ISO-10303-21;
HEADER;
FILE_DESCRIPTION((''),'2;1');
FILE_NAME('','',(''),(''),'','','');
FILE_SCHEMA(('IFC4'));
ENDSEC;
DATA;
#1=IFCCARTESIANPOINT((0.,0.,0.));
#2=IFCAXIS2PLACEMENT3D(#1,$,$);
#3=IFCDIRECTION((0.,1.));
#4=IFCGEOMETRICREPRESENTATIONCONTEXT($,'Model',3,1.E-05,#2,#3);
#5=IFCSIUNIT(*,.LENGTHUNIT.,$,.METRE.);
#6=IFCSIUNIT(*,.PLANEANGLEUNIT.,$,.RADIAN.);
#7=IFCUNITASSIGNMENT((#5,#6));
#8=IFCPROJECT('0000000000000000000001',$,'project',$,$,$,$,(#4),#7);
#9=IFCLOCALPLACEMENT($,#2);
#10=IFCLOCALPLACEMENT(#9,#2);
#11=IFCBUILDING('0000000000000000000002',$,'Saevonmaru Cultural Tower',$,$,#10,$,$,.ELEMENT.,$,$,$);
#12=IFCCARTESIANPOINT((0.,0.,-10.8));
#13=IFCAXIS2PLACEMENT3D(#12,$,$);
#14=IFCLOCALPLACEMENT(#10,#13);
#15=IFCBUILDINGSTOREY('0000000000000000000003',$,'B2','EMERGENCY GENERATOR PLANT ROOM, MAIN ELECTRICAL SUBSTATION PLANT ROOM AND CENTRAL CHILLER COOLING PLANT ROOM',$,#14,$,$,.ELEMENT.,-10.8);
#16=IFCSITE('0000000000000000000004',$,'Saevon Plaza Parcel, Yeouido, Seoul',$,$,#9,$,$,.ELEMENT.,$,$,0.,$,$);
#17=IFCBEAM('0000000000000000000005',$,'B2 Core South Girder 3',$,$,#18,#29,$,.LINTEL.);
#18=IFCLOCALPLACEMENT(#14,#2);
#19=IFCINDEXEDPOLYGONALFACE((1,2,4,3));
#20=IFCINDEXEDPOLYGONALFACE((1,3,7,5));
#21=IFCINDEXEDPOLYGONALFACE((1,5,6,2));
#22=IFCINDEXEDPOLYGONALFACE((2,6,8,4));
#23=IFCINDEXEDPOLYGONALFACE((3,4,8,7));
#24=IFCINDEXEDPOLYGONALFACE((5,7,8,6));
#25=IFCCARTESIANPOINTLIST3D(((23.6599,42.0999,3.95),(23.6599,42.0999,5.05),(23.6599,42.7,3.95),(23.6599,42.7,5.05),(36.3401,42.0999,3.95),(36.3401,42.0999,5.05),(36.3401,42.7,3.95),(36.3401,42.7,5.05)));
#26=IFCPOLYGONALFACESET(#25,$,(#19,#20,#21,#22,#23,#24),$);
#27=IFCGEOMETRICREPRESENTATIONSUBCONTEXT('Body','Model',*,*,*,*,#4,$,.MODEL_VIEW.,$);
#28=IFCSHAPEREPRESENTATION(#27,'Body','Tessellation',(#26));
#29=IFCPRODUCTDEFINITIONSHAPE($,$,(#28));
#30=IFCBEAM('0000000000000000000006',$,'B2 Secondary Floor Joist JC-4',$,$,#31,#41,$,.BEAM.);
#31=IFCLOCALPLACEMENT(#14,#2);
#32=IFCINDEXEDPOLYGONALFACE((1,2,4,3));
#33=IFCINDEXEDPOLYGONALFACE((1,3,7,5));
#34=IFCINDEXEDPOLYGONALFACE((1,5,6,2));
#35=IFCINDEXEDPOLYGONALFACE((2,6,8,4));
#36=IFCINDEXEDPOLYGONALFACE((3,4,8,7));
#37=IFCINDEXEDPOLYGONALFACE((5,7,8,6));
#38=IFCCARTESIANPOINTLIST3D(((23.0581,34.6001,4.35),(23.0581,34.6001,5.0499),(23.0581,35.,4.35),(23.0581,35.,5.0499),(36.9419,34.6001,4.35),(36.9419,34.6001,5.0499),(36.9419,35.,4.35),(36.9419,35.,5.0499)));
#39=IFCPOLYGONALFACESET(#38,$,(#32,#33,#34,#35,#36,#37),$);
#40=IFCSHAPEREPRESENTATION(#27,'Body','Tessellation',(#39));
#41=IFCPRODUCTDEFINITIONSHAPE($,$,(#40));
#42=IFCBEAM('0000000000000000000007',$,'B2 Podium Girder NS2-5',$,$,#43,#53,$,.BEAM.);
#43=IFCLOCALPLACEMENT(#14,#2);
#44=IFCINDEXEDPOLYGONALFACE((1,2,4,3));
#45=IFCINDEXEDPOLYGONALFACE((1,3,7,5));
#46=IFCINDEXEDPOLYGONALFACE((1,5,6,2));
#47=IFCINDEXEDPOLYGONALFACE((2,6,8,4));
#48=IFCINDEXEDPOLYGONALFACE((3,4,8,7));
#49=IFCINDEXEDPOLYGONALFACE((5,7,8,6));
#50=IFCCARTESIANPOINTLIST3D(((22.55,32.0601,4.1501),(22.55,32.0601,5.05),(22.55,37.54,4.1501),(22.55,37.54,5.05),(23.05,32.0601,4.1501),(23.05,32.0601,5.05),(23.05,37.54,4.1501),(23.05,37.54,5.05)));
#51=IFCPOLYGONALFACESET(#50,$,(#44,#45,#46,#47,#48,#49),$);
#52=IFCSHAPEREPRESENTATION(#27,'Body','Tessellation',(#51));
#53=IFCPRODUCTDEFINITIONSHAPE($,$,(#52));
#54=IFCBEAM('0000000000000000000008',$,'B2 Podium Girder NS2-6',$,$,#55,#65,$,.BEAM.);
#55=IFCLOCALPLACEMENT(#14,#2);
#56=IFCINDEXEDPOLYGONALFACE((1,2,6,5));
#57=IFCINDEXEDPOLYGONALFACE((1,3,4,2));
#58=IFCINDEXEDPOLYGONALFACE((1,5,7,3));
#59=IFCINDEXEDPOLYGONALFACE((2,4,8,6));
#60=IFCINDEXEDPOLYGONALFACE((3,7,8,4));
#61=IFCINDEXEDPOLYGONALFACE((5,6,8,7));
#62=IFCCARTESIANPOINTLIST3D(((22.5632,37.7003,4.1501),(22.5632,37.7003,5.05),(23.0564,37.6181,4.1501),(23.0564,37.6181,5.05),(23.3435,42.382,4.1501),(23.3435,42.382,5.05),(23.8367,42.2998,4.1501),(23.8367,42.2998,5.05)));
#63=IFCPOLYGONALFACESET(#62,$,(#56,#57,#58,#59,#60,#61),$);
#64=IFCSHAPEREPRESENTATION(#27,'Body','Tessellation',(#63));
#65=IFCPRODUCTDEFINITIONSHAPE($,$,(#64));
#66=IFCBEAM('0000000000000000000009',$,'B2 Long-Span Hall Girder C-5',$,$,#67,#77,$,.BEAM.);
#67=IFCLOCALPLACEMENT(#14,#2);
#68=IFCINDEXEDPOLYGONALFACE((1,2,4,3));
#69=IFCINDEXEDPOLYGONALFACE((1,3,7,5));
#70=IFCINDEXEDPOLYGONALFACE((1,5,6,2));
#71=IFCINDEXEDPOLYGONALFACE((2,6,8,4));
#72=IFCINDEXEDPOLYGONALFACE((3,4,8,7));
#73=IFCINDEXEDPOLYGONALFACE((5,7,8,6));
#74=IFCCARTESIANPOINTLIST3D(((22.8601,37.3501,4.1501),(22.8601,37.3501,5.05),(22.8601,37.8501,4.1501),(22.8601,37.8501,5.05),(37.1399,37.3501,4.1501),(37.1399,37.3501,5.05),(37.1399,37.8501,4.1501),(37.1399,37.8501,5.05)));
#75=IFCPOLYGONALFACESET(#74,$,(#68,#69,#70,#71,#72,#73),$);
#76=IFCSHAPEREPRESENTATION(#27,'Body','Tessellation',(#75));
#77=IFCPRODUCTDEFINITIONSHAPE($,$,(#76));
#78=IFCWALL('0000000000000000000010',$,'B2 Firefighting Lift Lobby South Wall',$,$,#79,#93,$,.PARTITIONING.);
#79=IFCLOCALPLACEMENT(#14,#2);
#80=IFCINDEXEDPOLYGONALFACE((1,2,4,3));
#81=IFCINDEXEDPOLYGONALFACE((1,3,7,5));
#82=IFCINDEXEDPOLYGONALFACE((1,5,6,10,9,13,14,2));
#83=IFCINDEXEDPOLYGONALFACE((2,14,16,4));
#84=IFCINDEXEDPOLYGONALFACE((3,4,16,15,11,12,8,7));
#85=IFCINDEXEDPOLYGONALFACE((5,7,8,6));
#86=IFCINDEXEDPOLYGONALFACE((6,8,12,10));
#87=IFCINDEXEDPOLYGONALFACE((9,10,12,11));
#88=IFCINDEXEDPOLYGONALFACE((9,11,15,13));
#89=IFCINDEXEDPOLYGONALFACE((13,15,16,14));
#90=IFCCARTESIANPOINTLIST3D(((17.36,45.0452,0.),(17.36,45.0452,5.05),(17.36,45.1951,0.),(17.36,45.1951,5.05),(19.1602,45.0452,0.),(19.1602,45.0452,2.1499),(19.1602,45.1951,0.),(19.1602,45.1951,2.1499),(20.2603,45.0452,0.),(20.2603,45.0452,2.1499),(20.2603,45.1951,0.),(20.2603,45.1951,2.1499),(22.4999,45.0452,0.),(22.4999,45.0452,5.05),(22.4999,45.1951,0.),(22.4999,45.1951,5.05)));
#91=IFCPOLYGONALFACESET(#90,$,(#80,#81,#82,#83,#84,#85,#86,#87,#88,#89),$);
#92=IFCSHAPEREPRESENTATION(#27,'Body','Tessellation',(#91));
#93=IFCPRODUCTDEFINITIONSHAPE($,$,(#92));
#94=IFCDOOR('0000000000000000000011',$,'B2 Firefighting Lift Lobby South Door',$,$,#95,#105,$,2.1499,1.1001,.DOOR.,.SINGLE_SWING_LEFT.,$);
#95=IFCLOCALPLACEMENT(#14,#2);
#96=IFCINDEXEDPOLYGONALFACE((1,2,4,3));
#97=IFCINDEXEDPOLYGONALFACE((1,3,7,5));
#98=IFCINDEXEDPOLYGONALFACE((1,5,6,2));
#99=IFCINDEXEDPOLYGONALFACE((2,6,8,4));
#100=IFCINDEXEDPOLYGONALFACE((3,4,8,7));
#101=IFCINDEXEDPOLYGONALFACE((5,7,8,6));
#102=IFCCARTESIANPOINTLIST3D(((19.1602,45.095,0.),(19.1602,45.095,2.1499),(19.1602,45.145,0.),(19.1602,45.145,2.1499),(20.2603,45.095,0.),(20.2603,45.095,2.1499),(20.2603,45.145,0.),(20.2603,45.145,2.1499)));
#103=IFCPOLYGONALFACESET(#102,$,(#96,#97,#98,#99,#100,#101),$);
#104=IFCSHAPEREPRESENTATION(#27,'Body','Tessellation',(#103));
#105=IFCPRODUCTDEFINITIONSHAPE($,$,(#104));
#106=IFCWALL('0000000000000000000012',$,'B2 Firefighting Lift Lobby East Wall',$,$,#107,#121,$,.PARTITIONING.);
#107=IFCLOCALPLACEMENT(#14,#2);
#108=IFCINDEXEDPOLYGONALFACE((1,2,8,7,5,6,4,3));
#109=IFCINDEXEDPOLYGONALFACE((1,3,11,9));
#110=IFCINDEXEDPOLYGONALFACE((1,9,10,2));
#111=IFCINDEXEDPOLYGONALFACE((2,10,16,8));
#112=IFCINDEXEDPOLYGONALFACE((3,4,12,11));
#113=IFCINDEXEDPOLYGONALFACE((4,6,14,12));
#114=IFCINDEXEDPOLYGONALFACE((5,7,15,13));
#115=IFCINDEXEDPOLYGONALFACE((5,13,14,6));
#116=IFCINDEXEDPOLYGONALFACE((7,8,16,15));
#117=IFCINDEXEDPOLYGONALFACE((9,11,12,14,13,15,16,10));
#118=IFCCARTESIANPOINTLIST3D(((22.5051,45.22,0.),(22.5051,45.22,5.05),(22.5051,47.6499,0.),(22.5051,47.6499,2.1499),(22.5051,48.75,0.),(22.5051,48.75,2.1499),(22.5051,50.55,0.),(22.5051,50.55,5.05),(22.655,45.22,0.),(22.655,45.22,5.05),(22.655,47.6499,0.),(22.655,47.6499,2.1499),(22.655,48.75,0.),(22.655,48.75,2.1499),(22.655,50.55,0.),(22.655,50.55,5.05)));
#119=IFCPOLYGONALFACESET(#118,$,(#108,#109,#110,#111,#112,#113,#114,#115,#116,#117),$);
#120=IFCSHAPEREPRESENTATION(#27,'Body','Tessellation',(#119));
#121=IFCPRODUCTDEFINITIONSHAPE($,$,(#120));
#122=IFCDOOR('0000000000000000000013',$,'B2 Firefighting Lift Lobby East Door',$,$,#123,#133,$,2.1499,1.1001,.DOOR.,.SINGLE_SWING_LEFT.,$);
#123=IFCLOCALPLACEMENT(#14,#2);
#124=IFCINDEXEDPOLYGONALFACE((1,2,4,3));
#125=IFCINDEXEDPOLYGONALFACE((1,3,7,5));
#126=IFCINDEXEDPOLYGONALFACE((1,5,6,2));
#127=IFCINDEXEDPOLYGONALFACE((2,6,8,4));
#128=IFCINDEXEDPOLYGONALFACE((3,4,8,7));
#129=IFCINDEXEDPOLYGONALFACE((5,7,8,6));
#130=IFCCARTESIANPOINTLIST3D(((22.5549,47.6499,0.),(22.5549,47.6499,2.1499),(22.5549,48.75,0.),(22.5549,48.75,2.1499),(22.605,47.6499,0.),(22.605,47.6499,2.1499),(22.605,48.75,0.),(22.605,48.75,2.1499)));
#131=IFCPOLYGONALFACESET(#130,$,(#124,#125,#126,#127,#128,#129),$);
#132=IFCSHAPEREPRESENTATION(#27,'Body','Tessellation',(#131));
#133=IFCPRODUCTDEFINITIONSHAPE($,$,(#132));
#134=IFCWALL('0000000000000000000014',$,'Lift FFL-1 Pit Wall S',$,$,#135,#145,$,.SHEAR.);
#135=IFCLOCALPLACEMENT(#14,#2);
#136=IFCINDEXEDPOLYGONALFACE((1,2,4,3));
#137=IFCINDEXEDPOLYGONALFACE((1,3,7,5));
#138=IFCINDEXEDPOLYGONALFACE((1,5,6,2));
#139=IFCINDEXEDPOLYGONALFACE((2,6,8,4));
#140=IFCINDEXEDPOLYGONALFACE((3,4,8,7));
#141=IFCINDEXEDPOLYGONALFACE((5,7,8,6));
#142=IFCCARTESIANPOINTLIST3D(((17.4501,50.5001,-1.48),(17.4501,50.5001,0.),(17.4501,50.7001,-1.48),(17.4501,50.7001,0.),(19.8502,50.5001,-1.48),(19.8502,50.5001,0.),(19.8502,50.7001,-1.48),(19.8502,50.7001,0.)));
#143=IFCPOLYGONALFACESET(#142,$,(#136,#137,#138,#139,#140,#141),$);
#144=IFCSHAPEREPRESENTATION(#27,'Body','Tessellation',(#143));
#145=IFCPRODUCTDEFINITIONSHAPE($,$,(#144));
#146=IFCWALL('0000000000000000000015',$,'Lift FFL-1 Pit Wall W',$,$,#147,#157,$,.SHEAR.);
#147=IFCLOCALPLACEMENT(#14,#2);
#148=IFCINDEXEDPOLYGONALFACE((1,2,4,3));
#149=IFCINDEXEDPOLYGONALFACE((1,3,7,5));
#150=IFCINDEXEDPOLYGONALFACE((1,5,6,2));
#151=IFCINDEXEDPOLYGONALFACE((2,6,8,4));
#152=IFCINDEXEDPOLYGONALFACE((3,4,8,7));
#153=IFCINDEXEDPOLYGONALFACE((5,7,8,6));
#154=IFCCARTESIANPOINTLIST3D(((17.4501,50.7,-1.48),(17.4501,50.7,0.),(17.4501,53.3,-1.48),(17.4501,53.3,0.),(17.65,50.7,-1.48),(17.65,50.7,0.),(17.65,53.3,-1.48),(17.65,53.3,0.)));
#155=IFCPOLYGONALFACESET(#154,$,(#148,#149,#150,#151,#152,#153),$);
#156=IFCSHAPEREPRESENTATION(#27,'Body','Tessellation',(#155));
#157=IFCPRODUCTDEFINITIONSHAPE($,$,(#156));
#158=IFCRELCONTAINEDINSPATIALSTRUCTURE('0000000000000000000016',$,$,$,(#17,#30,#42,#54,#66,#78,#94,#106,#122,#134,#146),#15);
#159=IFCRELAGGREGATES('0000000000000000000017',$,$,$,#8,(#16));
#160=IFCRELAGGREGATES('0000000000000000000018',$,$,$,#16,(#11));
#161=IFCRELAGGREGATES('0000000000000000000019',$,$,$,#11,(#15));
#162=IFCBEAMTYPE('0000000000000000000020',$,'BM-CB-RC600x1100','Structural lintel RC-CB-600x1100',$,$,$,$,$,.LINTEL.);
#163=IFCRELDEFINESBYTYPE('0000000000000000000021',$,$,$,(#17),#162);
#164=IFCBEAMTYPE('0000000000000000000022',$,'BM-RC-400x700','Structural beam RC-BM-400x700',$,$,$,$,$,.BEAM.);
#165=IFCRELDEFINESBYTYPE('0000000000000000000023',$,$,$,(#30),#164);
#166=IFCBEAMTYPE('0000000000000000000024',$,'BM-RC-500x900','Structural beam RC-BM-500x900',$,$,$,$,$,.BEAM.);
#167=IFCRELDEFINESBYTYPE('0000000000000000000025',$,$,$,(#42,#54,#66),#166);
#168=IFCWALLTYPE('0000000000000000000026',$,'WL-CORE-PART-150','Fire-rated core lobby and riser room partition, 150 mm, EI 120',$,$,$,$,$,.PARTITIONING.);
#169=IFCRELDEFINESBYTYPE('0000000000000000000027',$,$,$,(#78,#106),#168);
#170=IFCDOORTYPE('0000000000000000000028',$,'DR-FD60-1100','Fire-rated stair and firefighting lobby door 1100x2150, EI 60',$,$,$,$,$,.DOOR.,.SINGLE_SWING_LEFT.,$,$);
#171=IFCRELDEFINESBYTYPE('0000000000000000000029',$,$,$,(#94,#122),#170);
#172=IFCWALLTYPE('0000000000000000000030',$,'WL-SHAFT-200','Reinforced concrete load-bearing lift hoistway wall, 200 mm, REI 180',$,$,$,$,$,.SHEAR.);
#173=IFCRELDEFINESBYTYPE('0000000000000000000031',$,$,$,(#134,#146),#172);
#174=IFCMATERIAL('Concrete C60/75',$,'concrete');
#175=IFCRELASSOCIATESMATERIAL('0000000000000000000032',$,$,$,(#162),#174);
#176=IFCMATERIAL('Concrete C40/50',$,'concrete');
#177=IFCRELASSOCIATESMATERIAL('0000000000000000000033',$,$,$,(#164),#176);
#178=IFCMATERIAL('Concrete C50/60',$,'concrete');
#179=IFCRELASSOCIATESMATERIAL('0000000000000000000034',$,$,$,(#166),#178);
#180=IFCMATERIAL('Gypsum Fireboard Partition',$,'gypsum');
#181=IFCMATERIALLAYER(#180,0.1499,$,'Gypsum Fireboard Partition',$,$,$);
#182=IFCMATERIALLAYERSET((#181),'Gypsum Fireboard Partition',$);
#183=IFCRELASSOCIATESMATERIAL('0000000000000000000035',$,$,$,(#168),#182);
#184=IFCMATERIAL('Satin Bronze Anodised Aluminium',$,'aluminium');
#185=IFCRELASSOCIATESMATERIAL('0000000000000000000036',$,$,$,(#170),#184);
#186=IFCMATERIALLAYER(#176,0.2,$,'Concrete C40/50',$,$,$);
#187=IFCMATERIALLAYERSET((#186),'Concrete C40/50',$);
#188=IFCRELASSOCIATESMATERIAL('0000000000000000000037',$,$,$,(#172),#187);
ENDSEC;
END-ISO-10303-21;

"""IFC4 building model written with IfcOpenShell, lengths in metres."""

from ifc_helpers import new_model, si_unit, direction, frame, frame_2d, origin, origin_2d, place, context, subcontext, project, spatial, rectangle, extrude, material, layer, layer_set, material_profile, profile_set, type_object, element, fill, save


model = new_model("IFC4")

# Units and contexts
model_context = context("Model", 3, precision=1e-05, world=origin(), true_north=direction((0.0, 1.0)))
body_context = subcontext(model_context, "Body", "Model", "MODEL_VIEW")
ifc_project = project(units=[si_unit("LENGTHUNIT", "METRE"), si_unit("PLANEANGLEUNIT", "RADIAN")], contexts=[model_context])

# Site, building, storey
site_placement = place(None, origin())
site = spatial("IfcSite", under=ifc_project, at=site_placement, Name="Saevon Plaza Parcel, Yeouido, Seoul", CompositionType="ELEMENT", RefElevation=0.0)
building_placement = place(site_placement, origin())
building = spatial("IfcBuilding", under=site, at=building_placement, Name="Saevonmaru Cultural Tower", CompositionType="ELEMENT")
storey_placement = place(building_placement, frame((0.0, 0.0, -10.8)))
storey = spatial("IfcBuildingStorey", under=building, at=storey_placement, Name="B2", Description="EMERGENCY GENERATOR PLANT ROOM, MAIN ELECTRICAL SUBSTATION PLANT ROOM AND CENTRAL CHILLER COOLING PLANT ROOM", CompositionType="ELEMENT", Elevation=-10.8)

# Shared definitions
ifc_material_1 = material(Name="Concrete C50/60", Category="concrete")

# Shared definitions
ifc_material_2 = material(Name="Concrete C60/75", Category="concrete")

# Beams
ifc_material_profile_1 = material_profile(ifc_material_2, rectangle(XDim=0.6001, YDim=1.1001, at=origin_2d()), Name="RC-CB-600x1100")
ifc_profile_set_1 = profile_set([ifc_material_profile_1], Name="Concrete C60/75")
beam_type_1 = type_object("IfcBeamType", Name="BM-CB-RC600x1100", Description="Structural lintel RC-CB-600x1100", PredefinedType="LINTEL", material=ifc_profile_set_1)
beam_1_placement = place(storey_placement, frame((23.6599, 42.3999, 4.5), z_axis=(1.0, 0.0, 0.0), x_axis=(0.0, 1.0, 0.0)))
element("IfcBeam", 1, at=beam_1_placement, inside=storey, type_object=beam_type_1, Name="B2 Core South Girder 3", PredefinedType="LINTEL", context=body_context, shape_type="SweptSolid", body=[
    extrude(rectangle(XDim=0.6001, YDim=1.1001, at=origin_2d()), origin(), (0.0, 0.0, 1.0), 12.6802),
])
ifc_material_3 = material(Name="Concrete C40/50", Category="concrete")
ifc_material_profile_2 = material_profile(ifc_material_3, rectangle(XDim=0.3999, YDim=0.7, at=origin_2d()), Name="RC-BM-400x700")
ifc_profile_set_2 = profile_set([ifc_material_profile_2], Name="Concrete C40/50")
beam_type_2 = type_object("IfcBeamType", Name="BM-RC-400x700", Description="Structural beam RC-BM-400x700", PredefinedType="BEAM", material=ifc_profile_set_2)
beam_2_placement = place(storey_placement, frame((23.0581, 34.8, 4.7), z_axis=(1.0, 0.0, 0.0), x_axis=(0.0, 1.0, 0.0)))
element("IfcBeam", 2, at=beam_2_placement, inside=storey, type_object=beam_type_2, Name="B2 Secondary Floor Joist JC-4", PredefinedType="BEAM", context=body_context, shape_type="SweptSolid", body=[
    extrude(rectangle(XDim=0.3999, YDim=0.7, at=origin_2d()), origin(), (0.0, 0.0, 1.0), 13.8838),
])
ifc_material_profile_3 = material_profile(ifc_material_1, rectangle(XDim=0.5, YDim=0.8999, at=origin_2d()), Name="RC-BM-500x900")
ifc_profile_set_3 = profile_set([ifc_material_profile_3], Name="Concrete C50/60")
beam_type_3 = type_object("IfcBeamType", Name="BM-RC-500x900", Description="Structural beam RC-BM-500x900", PredefinedType="BEAM", material=ifc_profile_set_3)
beam_3_placement = place(storey_placement, frame((22.8, 32.0601, 4.6001), z_axis=(0.0, 1.0, 0.0), x_axis=(-1.0, 0.0, 0.0)))
element("IfcBeam", 3, at=beam_3_placement, inside=storey, type_object=beam_type_3, Name="B2 Podium Girder NS2-5", PredefinedType="BEAM", context=body_context, shape_type="SweptSolid", body=[
    extrude(rectangle(XDim=0.5, YDim=0.8999, at=origin_2d()), origin(), (0.0, 0.0, 1.0), 5.48),
])
beam_4_placement = place(storey_placement, frame((22.8098, 37.6592, 4.6001), z_axis=(0.164399, 0.986394, 0.0), x_axis=(-0.986394, 0.164399, 0.0)))
element("IfcBeam", 4, at=beam_4_placement, inside=storey, type_object=beam_type_3, Name="B2 Podium Girder NS2-6", PredefinedType="BEAM", context=body_context, shape_type="SweptSolid", body=[
    extrude(rectangle(XDim=0.5, YDim=0.8999, at=origin_2d()), origin(), (0.0, 0.0, 1.0), 4.7463),
])
beam_5_placement = place(storey_placement, frame((22.8601, 37.6001, 4.6001), z_axis=(1.0, 0.0, 0.0), x_axis=(0.0, 1.0, 0.0)))
element("IfcBeam", 5, at=beam_5_placement, inside=storey, type_object=beam_type_3, Name="B2 Long-Span Hall Girder C-5", PredefinedType="BEAM", context=body_context, shape_type="SweptSolid", body=[
    extrude(rectangle(XDim=0.5, YDim=0.8999, at=origin_2d()), origin(), (0.0, 0.0, 1.0), 14.2798),
])

# Walls, openings, doors
ifc_material_4 = material(Name="Gypsum Fireboard Partition", Category="gypsum")
ifc_layer_1 = layer(ifc_material_4, 0.1499, Name="Gypsum Fireboard Partition")
ifc_layer_set_1 = layer_set([ifc_layer_1], Name="Gypsum Fireboard Partition")
wall_type_1 = type_object("IfcWallType", Name="WL-CORE-PART-150", Description="Fire-rated core lobby and riser room partition, 150 mm, EI 120", PredefinedType="PARTITIONING", material=ifc_layer_set_1)
wall_1_placement = place(storey_placement, frame((17.3601, 45.1201, 0.0), z_axis=(0.0, 0.0, 1.0), x_axis=(1.0, 0.0, 0.0)))
wall_1 = element("IfcWall", 6, at=wall_1_placement, inside=storey, type_object=wall_type_1, Name="B2 Firefighting Lift Lobby South Wall", PredefinedType="PARTITIONING", context=body_context, shape_type="SweptSolid", body=[
    extrude(rectangle(XDim=5.1399, YDim=0.1499, at=frame_2d((2.5698, 0.0))), origin(), (0.0, 0.0, 1.0), 5.05),
])
opening_1_placement = place(wall_1_placement, frame((1.8, 0.0, 0.0)))
opening_1 = element("IfcOpeningElement", 7, at=opening_1_placement, cuts=wall_1, PredefinedType="OPENING", context=body_context, shape_type="SweptSolid", body=[
    extrude(rectangle(XDim=1.1001, YDim=2.1499, at=frame_2d((0.55, 1.075))), frame((0.0, 0.085, 0.0), z_axis=(0.0, -1.0, 0.0), x_axis=(1.0, 0.0, 0.0)), (0.0, 0.0, 1.0), 0.1699),
])
ifc_material_5 = material(Name="Satin Bronze Anodised Aluminium", Category="aluminium")
door_type_1 = type_object("IfcDoorType", Name="DR-FD60-1100", Description="Fire-rated stair and firefighting lobby door 1100x2150, EI 60", OperationType="SINGLE_SWING_LEFT", PredefinedType="DOOR", material=ifc_material_5)
door_1_placement = place(opening_1_placement, origin())
door_1 = element("IfcDoor", 8, at=door_1_placement, inside=storey, type_object=door_type_1, Name="B2 Firefighting Lift Lobby South Door", OperationType="SINGLE_SWING_LEFT", OverallHeight=2.1499, OverallWidth=1.1001, PredefinedType="DOOR", context=body_context, shape_type="SweptSolid", body=[
    extrude(rectangle(XDim=1.1001, YDim=2.1499, at=frame_2d((0.55, 1.075))), frame((0.0, 0.0249, 0.0), z_axis=(0.0, -1.0, 0.0), x_axis=(1.0, 0.0, 0.0)), (0.0, 0.0, 1.0), 0.05),
])
fill(opening_1, door_1)
wall_2_placement = place(storey_placement, frame((22.5801, 50.55, 0.0), z_axis=(0.0, 0.0, 1.0), x_axis=(0.0, -1.0, 0.0)))
wall_2 = element("IfcWall", 9, at=wall_2_placement, inside=storey, type_object=wall_type_1, Name="B2 Firefighting Lift Lobby East Wall", PredefinedType="PARTITIONING", context=body_context, shape_type="SweptSolid", body=[
    extrude(rectangle(XDim=5.3301, YDim=0.1499, at=frame_2d((2.665, 0.0))), origin(), (0.0, 0.0, 1.0), 5.05),
])
opening_2_placement = place(wall_2_placement, frame((1.8, 0.0, 0.0)))
opening_2 = element("IfcOpeningElement", 10, at=opening_2_placement, cuts=wall_2, PredefinedType="OPENING", context=body_context, shape_type="SweptSolid", body=[
    extrude(rectangle(XDim=1.1001, YDim=2.1499, at=frame_2d((0.55, 1.075))), frame((0.0, 0.085, 0.0), z_axis=(0.0, -1.0, 0.0), x_axis=(1.0, 0.0, 0.0)), (0.0, 0.0, 1.0), 0.1699),
])
door_2_placement = place(opening_2_placement, origin())
door_2 = element("IfcDoor", 11, at=door_2_placement, inside=storey, type_object=door_type_1, Name="B2 Firefighting Lift Lobby East Door", OperationType="SINGLE_SWING_LEFT", OverallHeight=2.1499, OverallWidth=1.1001, PredefinedType="DOOR", context=body_context, shape_type="SweptSolid", body=[
    extrude(rectangle(XDim=1.1001, YDim=2.1499, at=frame_2d((0.55, 1.075))), frame((0.0, 0.0249, 0.0), z_axis=(0.0, -1.0, 0.0), x_axis=(1.0, 0.0, 0.0)), (0.0, 0.0, 1.0), 0.05),
])
fill(opening_2, door_2)

# Walls
ifc_layer_2 = layer(ifc_material_3, 0.2, Name="Concrete C40/50")
ifc_layer_set_2 = layer_set([ifc_layer_2], Name="Concrete C40/50")
wall_type_2 = type_object("IfcWallType", Name="WL-SHAFT-200", Description="Reinforced concrete load-bearing lift hoistway wall, 200 mm, REI 180", PredefinedType="SHEAR", material=ifc_layer_set_2)
wall_3_placement = place(storey_placement, frame((17.45, 50.6001, -1.48), z_axis=(0.0, 0.0, 1.0), x_axis=(1.0, 0.0, 0.0)))
element("IfcWall", 12, at=wall_3_placement, inside=storey, type_object=wall_type_2, Name="Lift FFL-1 Pit Wall S", PredefinedType="SHEAR", context=body_context, shape_type="SweptSolid", body=[
    extrude(rectangle(XDim=2.4001, YDim=0.2, at=frame_2d((1.2002, 0.0))), origin(), (0.0, 0.0, 1.0), 1.48),
])
wall_4_placement = place(storey_placement, frame((17.55, 50.7, -1.48), z_axis=(0.0, 0.0, 1.0), x_axis=(0.0, 1.0, 0.0)))
element("IfcWall", 13, at=wall_4_placement, inside=storey, type_object=wall_type_2, Name="Lift FFL-1 Pit Wall W", PredefinedType="SHEAR", context=body_context, shape_type="SweptSolid", body=[
    extrude(rectangle(XDim=2.6001, YDim=0.2, at=frame_2d((1.3, 0.0))), origin(), (0.0, 0.0, 1.0), 1.48),
])

save(model, "model.ifc")
